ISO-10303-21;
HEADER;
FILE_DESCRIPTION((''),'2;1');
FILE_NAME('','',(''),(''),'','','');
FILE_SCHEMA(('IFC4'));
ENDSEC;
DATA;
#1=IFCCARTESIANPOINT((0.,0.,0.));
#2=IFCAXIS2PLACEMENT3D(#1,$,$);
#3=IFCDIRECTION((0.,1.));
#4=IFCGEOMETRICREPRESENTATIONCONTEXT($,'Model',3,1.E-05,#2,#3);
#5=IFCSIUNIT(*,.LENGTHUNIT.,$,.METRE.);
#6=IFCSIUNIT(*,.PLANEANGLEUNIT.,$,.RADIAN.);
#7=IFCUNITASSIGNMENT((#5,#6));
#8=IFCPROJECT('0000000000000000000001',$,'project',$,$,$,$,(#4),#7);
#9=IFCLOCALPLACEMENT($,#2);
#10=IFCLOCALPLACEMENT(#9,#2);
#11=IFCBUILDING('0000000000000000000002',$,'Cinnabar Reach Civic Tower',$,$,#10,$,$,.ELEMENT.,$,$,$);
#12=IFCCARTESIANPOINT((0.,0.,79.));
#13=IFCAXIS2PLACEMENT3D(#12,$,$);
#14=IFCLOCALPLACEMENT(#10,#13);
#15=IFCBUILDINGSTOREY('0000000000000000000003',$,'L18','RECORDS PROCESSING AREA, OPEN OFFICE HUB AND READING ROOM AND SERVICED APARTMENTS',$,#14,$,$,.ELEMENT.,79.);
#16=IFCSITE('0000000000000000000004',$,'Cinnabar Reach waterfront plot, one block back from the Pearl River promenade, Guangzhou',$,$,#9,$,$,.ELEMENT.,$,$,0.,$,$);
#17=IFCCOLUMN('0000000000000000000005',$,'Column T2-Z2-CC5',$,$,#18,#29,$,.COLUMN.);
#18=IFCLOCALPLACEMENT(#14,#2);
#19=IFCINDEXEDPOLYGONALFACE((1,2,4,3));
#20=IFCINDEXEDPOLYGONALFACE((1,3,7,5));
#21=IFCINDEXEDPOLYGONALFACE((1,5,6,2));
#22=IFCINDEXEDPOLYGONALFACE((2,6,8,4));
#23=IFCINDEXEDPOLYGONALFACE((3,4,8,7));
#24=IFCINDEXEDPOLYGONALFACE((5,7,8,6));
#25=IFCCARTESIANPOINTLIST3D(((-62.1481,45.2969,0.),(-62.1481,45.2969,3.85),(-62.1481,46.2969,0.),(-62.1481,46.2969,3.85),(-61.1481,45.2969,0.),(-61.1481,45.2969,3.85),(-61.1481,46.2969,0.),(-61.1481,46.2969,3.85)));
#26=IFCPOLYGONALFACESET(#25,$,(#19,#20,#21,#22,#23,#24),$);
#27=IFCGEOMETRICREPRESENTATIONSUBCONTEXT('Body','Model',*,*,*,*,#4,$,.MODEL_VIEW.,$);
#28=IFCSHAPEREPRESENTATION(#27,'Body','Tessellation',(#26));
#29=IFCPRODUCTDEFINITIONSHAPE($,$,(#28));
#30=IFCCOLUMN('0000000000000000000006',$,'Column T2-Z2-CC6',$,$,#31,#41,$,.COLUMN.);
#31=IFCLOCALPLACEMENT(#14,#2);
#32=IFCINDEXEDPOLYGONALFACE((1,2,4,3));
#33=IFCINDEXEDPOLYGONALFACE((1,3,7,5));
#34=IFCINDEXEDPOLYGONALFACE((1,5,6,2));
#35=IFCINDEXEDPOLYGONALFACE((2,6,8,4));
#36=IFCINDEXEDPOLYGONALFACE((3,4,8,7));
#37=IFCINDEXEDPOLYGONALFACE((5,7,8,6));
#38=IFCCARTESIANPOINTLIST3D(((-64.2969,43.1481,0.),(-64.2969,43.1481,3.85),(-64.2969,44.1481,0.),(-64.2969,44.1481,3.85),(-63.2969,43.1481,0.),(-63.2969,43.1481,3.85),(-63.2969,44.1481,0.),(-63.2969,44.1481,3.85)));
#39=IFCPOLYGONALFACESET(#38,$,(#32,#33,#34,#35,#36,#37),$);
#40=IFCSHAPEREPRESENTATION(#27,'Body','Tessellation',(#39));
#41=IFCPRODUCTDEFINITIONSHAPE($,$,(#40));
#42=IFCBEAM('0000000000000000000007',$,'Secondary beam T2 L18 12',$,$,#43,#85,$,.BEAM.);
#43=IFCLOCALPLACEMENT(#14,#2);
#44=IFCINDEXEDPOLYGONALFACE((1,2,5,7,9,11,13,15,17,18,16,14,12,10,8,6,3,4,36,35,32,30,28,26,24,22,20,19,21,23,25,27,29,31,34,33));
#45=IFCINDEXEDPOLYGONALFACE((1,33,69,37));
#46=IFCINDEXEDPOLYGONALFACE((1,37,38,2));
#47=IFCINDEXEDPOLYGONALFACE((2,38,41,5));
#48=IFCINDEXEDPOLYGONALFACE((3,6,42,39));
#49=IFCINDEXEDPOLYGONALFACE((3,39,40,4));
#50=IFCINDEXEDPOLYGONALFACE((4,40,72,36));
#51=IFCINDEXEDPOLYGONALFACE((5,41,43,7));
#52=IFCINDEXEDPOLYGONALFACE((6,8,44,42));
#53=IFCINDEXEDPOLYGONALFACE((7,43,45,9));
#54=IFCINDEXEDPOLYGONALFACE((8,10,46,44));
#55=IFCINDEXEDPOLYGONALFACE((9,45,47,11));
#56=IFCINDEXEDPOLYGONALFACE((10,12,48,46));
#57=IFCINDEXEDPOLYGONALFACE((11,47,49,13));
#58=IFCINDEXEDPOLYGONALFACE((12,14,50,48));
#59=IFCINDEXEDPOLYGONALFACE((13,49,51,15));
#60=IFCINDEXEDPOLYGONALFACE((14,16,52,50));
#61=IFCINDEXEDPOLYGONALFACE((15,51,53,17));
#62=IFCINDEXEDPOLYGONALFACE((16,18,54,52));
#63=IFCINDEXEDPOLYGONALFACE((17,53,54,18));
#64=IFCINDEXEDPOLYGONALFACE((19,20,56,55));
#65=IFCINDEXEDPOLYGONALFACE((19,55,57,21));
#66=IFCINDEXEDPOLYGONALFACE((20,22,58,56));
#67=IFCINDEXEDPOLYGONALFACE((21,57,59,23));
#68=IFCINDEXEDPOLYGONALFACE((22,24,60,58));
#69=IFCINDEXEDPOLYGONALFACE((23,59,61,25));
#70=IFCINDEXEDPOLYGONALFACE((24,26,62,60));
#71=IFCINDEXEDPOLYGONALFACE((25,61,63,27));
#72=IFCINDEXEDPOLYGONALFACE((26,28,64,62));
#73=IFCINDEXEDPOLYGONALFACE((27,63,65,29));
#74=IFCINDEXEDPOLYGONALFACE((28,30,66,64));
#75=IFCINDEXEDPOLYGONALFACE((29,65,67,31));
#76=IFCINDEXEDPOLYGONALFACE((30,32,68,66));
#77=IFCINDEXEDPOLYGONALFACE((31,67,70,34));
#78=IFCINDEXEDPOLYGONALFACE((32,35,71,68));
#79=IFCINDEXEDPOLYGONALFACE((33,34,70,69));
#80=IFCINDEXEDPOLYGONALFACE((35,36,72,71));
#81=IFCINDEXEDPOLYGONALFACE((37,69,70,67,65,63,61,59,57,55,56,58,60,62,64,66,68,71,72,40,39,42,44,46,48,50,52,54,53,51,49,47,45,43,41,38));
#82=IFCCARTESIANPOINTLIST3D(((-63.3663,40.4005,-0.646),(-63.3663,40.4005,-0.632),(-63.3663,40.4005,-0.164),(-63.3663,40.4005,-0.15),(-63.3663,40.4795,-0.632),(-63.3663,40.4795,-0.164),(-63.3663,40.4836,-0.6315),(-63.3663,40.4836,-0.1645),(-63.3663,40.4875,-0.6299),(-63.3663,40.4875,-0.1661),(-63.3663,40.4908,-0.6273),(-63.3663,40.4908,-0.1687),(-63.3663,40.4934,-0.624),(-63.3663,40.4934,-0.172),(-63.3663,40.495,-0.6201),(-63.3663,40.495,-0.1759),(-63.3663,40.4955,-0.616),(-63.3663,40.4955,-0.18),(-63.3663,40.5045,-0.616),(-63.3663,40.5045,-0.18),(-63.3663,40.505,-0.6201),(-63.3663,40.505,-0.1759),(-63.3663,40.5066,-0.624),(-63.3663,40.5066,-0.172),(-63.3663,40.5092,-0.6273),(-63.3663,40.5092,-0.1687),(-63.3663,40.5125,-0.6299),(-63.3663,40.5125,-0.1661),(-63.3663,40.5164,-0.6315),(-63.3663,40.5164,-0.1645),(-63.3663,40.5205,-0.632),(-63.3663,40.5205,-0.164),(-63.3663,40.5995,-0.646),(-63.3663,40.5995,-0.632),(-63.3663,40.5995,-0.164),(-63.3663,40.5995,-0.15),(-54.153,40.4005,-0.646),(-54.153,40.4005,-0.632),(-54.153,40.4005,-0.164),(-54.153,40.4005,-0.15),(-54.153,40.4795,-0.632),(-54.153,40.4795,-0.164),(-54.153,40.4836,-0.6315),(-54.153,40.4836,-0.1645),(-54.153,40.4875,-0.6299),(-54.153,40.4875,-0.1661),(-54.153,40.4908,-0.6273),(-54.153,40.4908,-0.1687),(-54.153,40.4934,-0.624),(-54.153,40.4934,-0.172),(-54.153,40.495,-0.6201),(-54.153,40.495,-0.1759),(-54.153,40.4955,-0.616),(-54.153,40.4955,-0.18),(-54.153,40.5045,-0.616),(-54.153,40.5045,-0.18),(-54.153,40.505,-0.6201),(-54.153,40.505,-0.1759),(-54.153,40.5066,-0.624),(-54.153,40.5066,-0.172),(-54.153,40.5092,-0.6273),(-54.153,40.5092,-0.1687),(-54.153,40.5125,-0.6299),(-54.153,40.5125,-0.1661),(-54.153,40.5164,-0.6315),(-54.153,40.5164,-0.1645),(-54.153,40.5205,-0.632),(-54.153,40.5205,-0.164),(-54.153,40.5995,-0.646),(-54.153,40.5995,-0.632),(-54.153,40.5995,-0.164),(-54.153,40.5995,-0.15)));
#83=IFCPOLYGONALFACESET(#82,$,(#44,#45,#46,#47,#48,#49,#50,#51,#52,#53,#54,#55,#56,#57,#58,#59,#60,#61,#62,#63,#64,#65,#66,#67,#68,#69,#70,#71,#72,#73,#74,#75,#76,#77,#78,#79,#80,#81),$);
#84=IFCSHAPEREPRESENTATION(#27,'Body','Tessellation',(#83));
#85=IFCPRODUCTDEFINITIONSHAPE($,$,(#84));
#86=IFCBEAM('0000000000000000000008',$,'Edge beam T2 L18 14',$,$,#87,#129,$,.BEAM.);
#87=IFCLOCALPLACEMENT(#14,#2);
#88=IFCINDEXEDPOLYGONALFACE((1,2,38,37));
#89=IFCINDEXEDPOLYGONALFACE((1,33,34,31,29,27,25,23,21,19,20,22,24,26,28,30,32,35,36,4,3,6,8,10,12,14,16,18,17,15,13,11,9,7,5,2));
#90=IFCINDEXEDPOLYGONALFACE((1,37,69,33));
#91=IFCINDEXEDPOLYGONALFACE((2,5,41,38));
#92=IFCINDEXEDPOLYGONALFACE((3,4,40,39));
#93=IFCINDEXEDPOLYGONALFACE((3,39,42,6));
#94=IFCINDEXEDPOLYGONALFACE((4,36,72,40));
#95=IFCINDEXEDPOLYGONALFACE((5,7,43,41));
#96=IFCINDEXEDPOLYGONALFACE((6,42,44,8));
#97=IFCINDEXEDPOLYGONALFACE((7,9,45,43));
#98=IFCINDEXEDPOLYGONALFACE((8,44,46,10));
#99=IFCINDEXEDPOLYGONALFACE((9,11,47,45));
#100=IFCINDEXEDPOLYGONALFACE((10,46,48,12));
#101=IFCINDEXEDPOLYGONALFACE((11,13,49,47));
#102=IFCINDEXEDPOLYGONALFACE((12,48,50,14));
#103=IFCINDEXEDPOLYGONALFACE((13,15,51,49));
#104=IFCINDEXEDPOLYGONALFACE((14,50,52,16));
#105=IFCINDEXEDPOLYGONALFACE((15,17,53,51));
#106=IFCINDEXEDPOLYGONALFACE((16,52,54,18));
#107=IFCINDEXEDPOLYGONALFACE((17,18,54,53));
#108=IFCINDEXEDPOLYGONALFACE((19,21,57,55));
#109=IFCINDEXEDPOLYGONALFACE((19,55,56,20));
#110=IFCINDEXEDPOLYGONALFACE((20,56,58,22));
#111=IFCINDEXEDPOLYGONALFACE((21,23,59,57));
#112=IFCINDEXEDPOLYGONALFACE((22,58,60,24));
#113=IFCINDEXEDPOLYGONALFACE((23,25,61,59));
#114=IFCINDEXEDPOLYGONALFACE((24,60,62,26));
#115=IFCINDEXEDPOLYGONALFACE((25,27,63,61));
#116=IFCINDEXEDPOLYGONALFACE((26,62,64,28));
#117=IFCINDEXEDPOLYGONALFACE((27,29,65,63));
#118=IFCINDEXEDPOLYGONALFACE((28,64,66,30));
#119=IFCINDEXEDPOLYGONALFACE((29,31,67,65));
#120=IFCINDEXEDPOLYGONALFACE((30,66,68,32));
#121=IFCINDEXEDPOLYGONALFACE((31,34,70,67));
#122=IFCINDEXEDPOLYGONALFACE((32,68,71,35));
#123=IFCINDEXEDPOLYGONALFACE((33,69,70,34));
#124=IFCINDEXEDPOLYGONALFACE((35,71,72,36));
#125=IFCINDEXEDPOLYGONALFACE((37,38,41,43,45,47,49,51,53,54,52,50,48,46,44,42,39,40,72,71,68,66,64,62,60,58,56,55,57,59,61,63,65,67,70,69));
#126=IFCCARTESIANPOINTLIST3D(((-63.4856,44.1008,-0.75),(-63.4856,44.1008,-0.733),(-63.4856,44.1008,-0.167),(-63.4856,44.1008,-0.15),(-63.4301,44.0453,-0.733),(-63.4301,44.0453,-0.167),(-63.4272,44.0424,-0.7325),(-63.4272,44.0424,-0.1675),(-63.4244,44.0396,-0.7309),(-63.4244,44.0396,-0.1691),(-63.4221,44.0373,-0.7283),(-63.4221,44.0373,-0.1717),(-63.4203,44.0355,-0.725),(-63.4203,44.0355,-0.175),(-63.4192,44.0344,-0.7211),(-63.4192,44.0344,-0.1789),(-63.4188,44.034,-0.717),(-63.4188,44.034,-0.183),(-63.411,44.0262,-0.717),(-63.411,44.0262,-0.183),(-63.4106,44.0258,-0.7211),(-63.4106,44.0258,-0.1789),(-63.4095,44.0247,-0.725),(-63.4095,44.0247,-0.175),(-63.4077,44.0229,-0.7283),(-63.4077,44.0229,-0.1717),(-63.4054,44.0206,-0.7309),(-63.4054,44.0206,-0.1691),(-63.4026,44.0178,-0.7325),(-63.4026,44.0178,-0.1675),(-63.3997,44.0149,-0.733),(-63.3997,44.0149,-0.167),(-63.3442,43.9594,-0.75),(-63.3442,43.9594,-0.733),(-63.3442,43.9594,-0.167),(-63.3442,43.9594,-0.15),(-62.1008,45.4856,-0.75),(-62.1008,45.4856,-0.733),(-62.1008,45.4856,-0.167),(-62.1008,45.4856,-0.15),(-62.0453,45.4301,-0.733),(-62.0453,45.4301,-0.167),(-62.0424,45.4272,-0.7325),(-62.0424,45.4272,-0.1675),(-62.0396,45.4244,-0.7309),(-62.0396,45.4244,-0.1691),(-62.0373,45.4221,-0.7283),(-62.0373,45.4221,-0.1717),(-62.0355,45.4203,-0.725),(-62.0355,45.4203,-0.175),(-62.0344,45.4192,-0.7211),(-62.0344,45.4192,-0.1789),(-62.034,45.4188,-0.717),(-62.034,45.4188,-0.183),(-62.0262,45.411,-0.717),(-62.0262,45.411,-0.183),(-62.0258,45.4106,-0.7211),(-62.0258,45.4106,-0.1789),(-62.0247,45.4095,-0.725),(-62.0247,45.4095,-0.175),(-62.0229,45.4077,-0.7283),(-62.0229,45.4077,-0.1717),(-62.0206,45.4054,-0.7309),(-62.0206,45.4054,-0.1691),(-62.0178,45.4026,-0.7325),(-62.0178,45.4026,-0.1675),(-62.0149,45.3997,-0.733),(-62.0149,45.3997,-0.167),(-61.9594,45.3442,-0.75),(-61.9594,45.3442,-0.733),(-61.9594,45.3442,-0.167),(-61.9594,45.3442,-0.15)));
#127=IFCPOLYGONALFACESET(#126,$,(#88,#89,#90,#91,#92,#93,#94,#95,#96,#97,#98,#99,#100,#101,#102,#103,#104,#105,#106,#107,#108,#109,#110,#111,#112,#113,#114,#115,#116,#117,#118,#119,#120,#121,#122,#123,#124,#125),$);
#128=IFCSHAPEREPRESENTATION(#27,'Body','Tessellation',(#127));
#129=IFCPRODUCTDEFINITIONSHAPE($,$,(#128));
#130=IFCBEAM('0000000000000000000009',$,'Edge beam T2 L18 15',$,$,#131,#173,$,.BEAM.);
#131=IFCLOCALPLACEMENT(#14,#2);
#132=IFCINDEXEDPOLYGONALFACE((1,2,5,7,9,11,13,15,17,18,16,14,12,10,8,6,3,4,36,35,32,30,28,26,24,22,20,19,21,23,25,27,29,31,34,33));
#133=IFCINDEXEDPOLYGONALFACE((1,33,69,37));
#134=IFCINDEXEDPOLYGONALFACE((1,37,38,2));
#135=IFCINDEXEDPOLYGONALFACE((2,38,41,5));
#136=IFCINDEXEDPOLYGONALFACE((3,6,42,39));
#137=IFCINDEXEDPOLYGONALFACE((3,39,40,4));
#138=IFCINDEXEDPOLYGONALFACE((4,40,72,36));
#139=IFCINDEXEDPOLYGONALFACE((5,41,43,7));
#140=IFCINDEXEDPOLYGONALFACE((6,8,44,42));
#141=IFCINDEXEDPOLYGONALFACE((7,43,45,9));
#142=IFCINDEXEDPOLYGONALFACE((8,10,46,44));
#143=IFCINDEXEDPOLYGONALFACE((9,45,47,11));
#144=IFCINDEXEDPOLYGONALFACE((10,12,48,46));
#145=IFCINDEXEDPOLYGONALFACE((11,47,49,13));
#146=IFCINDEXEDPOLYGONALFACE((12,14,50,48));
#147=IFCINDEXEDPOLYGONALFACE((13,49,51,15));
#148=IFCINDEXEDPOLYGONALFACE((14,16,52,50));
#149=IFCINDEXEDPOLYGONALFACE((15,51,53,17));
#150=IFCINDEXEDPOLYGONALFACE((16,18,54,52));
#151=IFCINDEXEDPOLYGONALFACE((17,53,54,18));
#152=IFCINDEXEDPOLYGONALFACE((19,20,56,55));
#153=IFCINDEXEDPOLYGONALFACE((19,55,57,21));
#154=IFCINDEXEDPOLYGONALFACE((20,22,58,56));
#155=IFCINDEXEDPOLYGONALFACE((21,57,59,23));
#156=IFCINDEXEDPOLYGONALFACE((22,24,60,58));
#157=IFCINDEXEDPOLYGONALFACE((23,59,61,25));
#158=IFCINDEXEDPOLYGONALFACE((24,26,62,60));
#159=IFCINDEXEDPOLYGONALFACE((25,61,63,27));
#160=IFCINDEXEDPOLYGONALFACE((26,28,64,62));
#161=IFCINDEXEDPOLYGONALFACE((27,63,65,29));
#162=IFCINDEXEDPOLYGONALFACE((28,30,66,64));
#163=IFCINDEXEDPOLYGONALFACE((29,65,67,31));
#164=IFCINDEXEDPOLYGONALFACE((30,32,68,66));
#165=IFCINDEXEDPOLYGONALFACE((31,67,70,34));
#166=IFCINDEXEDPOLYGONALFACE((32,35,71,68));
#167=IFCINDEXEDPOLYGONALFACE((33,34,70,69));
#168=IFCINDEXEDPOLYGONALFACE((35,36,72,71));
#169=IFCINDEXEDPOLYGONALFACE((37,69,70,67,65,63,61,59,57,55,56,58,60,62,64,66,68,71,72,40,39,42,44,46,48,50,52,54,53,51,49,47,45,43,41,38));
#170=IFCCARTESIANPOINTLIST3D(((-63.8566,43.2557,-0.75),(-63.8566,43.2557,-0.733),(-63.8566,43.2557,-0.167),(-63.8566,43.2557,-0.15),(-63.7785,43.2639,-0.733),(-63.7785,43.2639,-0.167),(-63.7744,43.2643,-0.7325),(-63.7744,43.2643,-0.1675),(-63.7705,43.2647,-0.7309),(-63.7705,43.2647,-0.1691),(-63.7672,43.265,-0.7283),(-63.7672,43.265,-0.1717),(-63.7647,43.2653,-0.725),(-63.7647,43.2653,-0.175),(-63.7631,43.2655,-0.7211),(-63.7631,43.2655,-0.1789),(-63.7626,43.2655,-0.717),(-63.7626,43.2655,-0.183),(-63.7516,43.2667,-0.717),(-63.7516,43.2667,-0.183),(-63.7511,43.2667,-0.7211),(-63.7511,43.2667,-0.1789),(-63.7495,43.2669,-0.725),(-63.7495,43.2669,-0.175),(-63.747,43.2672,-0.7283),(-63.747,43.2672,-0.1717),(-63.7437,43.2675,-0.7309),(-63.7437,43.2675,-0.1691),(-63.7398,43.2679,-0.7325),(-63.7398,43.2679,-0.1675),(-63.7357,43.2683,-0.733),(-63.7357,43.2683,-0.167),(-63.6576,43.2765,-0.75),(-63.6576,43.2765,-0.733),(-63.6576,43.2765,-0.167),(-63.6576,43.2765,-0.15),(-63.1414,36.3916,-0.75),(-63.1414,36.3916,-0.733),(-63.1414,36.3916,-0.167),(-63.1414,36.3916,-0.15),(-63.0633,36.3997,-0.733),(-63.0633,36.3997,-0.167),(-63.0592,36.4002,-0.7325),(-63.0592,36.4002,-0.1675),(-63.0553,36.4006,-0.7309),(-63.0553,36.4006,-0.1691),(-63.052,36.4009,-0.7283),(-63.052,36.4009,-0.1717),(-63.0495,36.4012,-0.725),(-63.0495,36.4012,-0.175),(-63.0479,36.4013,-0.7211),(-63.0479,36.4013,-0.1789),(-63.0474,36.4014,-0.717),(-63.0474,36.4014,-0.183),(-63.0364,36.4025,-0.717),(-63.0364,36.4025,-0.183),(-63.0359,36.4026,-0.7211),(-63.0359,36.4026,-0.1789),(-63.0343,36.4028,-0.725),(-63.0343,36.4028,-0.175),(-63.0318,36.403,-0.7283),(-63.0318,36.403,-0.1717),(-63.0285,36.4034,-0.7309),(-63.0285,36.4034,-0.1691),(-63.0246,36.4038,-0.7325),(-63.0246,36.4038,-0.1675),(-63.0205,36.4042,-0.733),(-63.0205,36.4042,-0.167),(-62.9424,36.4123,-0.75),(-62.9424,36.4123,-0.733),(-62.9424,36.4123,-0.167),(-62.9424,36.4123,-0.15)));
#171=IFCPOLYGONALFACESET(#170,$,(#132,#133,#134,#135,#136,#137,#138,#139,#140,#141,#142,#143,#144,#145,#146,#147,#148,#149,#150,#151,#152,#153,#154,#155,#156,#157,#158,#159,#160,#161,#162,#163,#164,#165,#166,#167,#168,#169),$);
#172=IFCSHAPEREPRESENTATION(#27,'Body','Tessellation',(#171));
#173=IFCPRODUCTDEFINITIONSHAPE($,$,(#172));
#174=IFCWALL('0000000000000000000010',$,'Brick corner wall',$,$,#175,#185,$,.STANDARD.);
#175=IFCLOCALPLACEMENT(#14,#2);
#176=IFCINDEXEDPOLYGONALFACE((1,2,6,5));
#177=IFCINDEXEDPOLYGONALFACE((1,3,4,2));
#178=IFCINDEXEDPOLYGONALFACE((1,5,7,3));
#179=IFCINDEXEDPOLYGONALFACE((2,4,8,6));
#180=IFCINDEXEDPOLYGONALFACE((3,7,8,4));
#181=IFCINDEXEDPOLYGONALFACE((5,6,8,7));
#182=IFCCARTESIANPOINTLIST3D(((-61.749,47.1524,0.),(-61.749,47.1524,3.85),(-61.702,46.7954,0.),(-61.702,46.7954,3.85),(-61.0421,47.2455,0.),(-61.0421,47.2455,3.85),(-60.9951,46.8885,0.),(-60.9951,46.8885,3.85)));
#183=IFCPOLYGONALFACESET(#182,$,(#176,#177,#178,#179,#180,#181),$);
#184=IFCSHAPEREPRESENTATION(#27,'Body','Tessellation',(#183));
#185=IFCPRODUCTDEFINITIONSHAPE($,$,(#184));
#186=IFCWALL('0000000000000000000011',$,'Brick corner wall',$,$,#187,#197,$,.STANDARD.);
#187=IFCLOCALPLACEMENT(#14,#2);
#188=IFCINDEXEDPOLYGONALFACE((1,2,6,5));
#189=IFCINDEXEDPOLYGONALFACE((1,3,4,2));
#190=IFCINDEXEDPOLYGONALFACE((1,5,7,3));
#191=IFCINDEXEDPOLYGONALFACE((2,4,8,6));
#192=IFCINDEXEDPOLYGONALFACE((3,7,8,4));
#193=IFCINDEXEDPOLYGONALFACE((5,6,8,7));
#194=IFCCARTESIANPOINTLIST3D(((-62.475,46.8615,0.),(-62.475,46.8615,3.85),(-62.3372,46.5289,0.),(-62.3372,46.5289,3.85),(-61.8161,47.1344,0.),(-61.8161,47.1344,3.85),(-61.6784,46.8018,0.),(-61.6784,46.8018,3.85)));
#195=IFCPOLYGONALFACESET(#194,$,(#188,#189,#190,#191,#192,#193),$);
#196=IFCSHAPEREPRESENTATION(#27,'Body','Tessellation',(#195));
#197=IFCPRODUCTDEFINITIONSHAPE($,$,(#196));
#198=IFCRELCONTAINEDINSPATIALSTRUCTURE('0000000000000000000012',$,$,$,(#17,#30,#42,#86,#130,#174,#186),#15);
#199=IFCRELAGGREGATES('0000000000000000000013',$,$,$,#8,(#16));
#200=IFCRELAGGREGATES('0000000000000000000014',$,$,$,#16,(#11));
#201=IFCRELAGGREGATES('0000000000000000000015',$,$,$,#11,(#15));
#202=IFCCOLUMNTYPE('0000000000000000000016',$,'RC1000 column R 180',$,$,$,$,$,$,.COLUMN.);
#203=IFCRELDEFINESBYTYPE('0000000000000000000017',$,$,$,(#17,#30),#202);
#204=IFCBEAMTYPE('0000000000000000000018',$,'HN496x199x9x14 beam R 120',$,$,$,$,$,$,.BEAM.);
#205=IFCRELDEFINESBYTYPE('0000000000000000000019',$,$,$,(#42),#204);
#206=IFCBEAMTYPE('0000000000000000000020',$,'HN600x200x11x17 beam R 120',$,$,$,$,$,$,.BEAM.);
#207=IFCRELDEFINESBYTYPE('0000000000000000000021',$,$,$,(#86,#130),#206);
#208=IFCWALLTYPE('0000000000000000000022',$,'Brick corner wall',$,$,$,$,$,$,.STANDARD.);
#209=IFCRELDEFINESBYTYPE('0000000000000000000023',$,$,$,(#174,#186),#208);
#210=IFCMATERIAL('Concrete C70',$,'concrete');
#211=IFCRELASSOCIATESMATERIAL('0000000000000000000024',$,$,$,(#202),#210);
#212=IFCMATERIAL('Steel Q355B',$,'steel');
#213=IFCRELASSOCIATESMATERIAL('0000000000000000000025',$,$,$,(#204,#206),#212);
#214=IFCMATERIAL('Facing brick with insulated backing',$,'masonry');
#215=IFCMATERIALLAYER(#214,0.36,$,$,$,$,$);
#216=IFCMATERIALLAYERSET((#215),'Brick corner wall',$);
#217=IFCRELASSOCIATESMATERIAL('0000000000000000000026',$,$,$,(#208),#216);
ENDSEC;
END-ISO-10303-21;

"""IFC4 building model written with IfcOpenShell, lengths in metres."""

from ifc_helpers import new_model, si_unit, direction, frame, frame_2d, origin, origin_2d, place, context, subcontext, project, spatial, rectangle, i_section, extrude, material, layer, layer_set, material_profile, profile_set, type_object, element, save


model = new_model("IFC4")

# Units and contexts
model_context = context("Model", 3, precision=1e-05, world=origin(), true_north=direction((0.0, 1.0)))
body_context = subcontext(model_context, "Body", "Model", "MODEL_VIEW")
ifc_project = project(units=[si_unit("LENGTHUNIT", "METRE"), si_unit("PLANEANGLEUNIT", "RADIAN")], contexts=[model_context])

# Site, building, storey
site_placement = place(None, origin())
site = spatial("IfcSite", under=ifc_project, at=site_placement, Name="Cinnabar Reach waterfront plot, one block back from the Pearl River promenade, Guangzhou", CompositionType="ELEMENT", RefElevation=0.0)
building_placement = place(site_placement, origin())
building = spatial("IfcBuilding", under=site, at=building_placement, Name="Cinnabar Reach Civic Tower", CompositionType="ELEMENT")
storey_placement = place(building_placement, frame((0.0, 0.0, 79.0)))
storey = spatial("IfcBuildingStorey", under=building, at=storey_placement, Name="L18", Description="RECORDS PROCESSING AREA, OPEN OFFICE HUB AND READING ROOM AND SERVICED APARTMENTS", CompositionType="ELEMENT", Elevation=79.0)

# Columns
ifc_material_1 = material(Name="Concrete C70", Category="concrete")
ifc_material_profile_1 = material_profile(ifc_material_1, rectangle(XDim=1.0, YDim=1.0, at=origin_2d()), Name="RC1000")
ifc_profile_set_1 = profile_set([ifc_material_profile_1], Name="Concrete C70")
column_type = type_object("IfcColumnType", Name="RC1000 column R 180", PredefinedType="COLUMN", material=ifc_profile_set_1)
for number, where, z_axis, x_axis, name in (
    (1, (-61.6481, 45.7969, 0.0), (0.0, 0.0, 1.0), (1.0, 0.0, 0.0), "Column T2-Z2-CC5"),
    (2, (-63.7969, 43.6481, 0.0), (0.0, 0.0, 1.0), (1.0, 0.0, 0.0), "Column T2-Z2-CC6"),
):
    element("IfcColumn", number, at=place(storey_placement, frame(where, z_axis=z_axis, x_axis=x_axis)), inside=storey, type_object=column_type, Name=name, PredefinedType="COLUMN", context=body_context, shape_type="SweptSolid", body=[
        extrude(rectangle(XDim=1.0, YDim=1.0, at=origin_2d()), origin(), (0.0, 0.0, 1.0), 3.85),
    ])

# Beams
ifc_material_2 = material(Name="Steel Q355B", Category="steel")
ifc_material_profile_2 = material_profile(ifc_material_2, i_section(OverallWidth=0.199, OverallDepth=0.496, WebThickness=0.009, FlangeThickness=0.014, FilletRadius=0.016, at=origin_2d()), Name="HN496x199x9x14")
ifc_profile_set_2 = profile_set([ifc_material_profile_2], Name="Steel Q355B")
beam_type_1 = type_object("IfcBeamType", Name="HN496x199x9x14 beam R 120", PredefinedType="BEAM", material=ifc_profile_set_2)
beam_1_placement = place(storey_placement, frame((-63.3663, 40.5, -0.398), z_axis=(1.0, 0.0, 0.0), x_axis=(0.0, 1.0, 0.0)))
element("IfcBeam", 3, at=beam_1_placement, inside=storey, type_object=beam_type_1, Name="Secondary beam T2 L18 12", PredefinedType="BEAM", context=body_context, shape_type="SweptSolid", body=[
    extrude(i_section(OverallWidth=0.199, OverallDepth=0.496, WebThickness=0.009, FlangeThickness=0.014, FilletRadius=0.016, at=origin_2d()), origin(), (0.0, 0.0, 1.0), 9.2133),
])
ifc_material_profile_3 = material_profile(ifc_material_2, i_section(OverallWidth=0.2, OverallDepth=0.6, WebThickness=0.011, FlangeThickness=0.017, FilletRadius=0.016, at=origin_2d()), Name="HN600x200x11x17")
ifc_profile_set_3 = profile_set([ifc_material_profile_3], Name="Steel Q355B")
beam_type_2 = type_object("IfcBeamType", Name="HN600x200x11x17 beam R 120", PredefinedType="BEAM", material=ifc_profile_set_3)
beam_2_placement = place(storey_placement, frame((-62.0301, 45.4149, -0.45), z_axis=(-0.707107, -0.707107, 0.0), x_axis=(0.707107, -0.707107, 0.0)))
element("IfcBeam", 4, at=beam_2_placement, inside=storey, type_object=beam_type_2, Name="Edge beam T2 L18 14", PredefinedType="BEAM", context=body_context, shape_type="SweptSolid", body=[
    extrude(i_section(OverallWidth=0.2, OverallDepth=0.6, WebThickness=0.011, FlangeThickness=0.017, FilletRadius=0.016, at=origin_2d()), origin(), (0.0, 0.0, 1.0), 1.9584),
])
beam_3_placement = place(storey_placement, frame((-63.7571, 43.2661, -0.45), z_axis=(0.103633, -0.994616, 0.0), x_axis=(0.994616, 0.103633, 0.0)))
element("IfcBeam", 5, at=beam_3_placement, inside=storey, type_object=beam_type_2, Name="Edge beam T2 L18 15", PredefinedType="BEAM", context=body_context, shape_type="SweptSolid", body=[
    extrude(i_section(OverallWidth=0.2, OverallDepth=0.6, WebThickness=0.011, FlangeThickness=0.017, FilletRadius=0.016, at=origin_2d()), origin(), (0.0, 0.0, 1.0), 6.9013),
])

# Walls
ifc_material_3 = material(Name="Facing brick with insulated backing", Category="masonry")
ifc_layer_1 = layer(ifc_material_3, 0.36)
ifc_layer_set_1 = layer_set([ifc_layer_1], Name="Brick corner wall")
wall_type_1 = type_object("IfcWallType", Name="Brick corner wall", PredefinedType="STANDARD", material=ifc_layer_set_1)
for number, where, z_axis, x_axis, name in (
    (6, (-61.0186, 47.067, 0.0), (0.0, 0.0, 1.0), (-0.991441, -0.130556, 0.0), "Brick corner wall"),
    (7, (-61.7473, 46.9681, 0.0), (0.0, 0.0, 1.0), (-0.923872, -0.382703, 0.0), "Brick corner wall"),
):
    element("IfcWall", number, at=place(storey_placement, frame(where, z_axis=z_axis, x_axis=x_axis)), inside=storey, type_object=wall_type_1, Name=name, PredefinedType="STANDARD", context=body_context, shape_type="SweptSolid", body=[
        extrude(rectangle(XDim=0.7131, YDim=0.36, at=frame_2d((0.3565, 0.0))), origin(), (0.0, 0.0, 1.0), 3.85),
    ])

save(model, "model.ifc")
